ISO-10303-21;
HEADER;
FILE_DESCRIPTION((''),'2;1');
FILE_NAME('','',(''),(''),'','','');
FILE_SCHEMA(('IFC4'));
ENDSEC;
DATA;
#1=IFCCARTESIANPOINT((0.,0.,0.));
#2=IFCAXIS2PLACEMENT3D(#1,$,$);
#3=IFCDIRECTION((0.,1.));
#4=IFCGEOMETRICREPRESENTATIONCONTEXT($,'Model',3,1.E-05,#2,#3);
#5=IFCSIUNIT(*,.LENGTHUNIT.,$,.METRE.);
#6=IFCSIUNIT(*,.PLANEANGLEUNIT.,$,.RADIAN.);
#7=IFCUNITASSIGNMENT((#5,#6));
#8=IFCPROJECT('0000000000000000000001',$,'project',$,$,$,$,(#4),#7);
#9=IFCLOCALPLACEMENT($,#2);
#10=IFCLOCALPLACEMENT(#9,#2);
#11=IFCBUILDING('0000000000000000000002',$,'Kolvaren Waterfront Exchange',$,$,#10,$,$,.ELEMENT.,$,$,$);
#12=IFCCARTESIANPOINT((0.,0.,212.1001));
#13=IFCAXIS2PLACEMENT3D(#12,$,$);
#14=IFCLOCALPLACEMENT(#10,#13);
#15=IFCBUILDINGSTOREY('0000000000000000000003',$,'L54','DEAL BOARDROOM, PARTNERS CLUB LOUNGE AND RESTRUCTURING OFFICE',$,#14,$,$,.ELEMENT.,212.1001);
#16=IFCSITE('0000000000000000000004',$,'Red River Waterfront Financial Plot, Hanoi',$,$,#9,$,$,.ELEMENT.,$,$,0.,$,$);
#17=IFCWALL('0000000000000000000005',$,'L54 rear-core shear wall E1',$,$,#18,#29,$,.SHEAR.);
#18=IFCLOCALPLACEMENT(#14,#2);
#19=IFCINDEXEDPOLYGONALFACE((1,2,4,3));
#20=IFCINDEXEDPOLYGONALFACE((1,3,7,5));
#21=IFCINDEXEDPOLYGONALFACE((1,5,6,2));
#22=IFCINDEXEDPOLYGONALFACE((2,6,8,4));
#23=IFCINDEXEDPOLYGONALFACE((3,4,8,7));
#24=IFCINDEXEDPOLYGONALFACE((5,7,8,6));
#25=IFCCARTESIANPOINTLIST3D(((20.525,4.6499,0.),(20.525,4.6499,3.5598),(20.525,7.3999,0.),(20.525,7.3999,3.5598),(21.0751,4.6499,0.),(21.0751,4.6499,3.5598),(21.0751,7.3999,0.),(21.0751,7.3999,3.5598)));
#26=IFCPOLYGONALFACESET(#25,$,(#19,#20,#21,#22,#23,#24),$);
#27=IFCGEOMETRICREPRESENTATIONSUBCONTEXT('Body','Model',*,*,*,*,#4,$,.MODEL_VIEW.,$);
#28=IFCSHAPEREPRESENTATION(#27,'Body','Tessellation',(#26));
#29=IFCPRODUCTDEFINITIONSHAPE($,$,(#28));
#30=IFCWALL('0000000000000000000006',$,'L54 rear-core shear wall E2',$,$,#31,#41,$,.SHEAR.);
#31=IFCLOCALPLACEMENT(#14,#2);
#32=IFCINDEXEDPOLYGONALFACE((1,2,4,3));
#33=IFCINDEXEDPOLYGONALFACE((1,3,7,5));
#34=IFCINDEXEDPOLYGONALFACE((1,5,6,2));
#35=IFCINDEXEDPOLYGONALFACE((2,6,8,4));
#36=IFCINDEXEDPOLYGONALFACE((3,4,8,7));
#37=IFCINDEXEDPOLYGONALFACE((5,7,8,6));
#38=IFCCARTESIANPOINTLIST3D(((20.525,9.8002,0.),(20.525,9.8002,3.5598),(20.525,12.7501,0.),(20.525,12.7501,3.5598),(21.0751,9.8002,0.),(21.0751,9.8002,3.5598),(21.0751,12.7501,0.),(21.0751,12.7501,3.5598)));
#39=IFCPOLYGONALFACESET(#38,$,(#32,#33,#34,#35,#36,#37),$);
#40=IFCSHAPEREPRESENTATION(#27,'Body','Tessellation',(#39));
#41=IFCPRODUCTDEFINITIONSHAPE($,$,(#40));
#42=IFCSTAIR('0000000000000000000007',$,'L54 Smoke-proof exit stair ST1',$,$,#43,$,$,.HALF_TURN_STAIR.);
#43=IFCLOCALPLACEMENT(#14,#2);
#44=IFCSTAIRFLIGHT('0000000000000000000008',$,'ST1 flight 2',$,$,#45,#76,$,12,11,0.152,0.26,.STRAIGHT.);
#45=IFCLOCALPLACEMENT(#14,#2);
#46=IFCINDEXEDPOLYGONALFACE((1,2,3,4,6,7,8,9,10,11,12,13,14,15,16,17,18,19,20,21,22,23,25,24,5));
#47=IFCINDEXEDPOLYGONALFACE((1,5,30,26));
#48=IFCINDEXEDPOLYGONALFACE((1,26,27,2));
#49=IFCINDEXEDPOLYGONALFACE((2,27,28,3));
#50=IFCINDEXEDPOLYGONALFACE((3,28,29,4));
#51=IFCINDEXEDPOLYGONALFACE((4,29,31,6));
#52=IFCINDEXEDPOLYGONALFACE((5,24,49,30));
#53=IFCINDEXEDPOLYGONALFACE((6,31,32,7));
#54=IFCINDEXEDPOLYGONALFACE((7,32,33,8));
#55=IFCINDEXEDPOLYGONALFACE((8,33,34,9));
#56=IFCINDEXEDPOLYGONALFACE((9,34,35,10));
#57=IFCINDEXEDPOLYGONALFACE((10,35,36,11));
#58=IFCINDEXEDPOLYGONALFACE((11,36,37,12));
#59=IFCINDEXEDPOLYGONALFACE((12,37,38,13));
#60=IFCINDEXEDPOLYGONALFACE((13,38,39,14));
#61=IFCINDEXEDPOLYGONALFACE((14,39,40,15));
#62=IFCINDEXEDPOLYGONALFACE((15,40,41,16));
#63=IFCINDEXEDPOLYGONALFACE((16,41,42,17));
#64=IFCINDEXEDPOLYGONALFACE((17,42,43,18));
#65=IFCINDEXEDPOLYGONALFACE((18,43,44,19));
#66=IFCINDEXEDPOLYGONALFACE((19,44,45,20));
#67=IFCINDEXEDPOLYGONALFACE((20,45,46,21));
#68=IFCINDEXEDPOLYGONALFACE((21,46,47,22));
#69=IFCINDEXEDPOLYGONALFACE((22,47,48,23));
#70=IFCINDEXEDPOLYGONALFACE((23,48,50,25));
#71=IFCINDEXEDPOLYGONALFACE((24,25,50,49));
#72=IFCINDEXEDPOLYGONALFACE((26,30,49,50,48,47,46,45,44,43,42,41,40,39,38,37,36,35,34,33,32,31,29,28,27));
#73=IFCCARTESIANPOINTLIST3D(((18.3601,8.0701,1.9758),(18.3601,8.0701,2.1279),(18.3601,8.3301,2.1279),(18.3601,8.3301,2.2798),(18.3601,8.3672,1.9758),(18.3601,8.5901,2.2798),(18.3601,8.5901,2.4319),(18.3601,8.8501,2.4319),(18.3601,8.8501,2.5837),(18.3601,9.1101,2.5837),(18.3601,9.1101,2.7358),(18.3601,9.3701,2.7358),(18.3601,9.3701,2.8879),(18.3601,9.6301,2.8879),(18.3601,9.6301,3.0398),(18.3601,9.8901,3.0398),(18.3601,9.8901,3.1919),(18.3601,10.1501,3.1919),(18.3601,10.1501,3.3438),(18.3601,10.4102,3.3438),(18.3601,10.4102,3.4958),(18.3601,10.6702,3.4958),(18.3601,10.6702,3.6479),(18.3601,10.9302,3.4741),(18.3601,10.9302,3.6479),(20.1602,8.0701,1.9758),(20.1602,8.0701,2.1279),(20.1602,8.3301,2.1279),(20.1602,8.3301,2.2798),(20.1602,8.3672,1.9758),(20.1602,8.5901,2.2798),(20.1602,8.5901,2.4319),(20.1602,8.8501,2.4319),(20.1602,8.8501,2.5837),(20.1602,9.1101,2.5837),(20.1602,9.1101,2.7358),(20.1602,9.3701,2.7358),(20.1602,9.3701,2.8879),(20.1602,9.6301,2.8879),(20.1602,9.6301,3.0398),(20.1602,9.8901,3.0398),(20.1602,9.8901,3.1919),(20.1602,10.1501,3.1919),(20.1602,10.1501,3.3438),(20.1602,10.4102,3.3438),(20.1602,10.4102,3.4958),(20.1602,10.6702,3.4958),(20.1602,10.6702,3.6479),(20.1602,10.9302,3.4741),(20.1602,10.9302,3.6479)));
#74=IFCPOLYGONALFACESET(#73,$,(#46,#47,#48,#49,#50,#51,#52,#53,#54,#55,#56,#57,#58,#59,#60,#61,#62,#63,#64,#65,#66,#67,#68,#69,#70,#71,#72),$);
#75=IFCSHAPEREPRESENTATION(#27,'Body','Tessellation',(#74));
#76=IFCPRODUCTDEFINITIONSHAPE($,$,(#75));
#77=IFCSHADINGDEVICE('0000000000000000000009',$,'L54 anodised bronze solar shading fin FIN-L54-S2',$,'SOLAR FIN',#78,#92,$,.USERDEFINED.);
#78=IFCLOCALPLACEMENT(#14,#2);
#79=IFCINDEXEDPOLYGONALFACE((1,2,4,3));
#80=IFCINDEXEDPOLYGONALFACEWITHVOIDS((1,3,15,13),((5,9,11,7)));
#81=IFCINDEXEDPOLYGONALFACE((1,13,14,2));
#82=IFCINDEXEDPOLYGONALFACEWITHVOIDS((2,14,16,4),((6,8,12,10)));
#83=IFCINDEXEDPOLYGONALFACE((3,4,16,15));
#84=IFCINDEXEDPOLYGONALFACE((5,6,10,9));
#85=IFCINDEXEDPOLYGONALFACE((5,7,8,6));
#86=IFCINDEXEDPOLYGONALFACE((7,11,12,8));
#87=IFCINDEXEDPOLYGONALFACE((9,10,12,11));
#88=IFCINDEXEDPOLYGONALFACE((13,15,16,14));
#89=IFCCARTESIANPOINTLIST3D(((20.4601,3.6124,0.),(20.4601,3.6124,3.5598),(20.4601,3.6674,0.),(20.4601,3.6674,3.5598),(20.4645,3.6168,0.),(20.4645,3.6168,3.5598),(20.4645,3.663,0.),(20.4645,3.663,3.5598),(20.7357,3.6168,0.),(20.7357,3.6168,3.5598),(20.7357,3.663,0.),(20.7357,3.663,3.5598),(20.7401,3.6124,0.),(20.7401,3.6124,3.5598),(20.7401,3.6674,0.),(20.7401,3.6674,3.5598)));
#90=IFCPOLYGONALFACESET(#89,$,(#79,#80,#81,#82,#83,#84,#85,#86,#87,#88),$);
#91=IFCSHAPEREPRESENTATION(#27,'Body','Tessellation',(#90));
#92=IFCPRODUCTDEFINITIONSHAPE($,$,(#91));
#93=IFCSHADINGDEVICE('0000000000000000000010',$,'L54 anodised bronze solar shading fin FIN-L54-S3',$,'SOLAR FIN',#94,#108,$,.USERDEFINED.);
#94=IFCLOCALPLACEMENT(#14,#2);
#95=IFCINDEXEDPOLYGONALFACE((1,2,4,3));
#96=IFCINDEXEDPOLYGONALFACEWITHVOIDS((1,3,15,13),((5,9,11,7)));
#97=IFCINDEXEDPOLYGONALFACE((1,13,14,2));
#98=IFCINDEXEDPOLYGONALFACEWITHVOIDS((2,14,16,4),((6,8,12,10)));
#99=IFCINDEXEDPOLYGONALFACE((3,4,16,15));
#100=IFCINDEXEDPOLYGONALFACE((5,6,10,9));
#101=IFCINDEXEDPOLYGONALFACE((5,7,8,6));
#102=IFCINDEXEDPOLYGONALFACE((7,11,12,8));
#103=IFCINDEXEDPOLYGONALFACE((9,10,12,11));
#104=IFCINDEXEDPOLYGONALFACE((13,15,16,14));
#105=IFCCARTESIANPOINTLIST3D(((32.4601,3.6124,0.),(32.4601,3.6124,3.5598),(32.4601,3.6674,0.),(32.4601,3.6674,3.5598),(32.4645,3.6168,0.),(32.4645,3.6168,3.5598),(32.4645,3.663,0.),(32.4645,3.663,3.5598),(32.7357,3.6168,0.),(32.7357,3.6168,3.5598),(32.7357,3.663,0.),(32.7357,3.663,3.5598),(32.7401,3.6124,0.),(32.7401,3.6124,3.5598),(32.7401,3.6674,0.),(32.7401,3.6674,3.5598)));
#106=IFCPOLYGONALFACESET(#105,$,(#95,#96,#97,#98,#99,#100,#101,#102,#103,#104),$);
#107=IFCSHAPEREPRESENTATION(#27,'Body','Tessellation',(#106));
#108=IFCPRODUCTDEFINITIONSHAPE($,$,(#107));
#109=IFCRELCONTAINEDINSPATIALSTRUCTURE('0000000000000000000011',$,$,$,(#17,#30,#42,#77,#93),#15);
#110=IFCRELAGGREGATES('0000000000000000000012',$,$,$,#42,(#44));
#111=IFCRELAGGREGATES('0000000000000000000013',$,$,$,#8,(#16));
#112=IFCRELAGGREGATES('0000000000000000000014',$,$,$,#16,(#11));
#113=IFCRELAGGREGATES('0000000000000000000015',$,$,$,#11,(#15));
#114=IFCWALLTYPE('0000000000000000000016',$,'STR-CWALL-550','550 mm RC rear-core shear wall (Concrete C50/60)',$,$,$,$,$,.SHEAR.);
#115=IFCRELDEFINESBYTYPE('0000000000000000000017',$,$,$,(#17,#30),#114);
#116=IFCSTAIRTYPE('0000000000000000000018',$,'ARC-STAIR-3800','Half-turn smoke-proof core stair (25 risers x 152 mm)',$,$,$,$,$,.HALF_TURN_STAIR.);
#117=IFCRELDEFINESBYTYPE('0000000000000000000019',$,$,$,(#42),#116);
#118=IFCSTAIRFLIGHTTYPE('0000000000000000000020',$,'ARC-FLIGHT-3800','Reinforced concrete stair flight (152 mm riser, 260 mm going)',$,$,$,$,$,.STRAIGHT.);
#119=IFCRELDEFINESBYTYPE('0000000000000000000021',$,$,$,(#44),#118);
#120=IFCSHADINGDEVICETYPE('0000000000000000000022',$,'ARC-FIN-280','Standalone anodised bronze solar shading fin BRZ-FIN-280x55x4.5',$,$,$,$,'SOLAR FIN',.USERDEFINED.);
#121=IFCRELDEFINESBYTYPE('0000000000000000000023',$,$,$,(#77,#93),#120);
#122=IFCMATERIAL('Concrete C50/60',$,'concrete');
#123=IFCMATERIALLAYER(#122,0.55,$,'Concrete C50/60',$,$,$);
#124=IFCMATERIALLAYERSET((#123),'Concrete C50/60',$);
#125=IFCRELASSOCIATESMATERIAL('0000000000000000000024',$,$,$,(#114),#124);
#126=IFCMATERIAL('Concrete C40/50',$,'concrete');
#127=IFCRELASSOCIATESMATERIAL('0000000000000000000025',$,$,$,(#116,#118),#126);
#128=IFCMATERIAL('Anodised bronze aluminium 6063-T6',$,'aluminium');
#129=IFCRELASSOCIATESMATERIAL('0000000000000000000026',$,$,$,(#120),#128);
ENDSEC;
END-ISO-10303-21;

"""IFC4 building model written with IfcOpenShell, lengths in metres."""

from ifc_helpers import new_model, si_unit, direction, frame, frame_2d, origin, origin_2d, place, context, subcontext, project, spatial, polyline, rectangle, hollow_rectangle, outline, extrude, material, layer, layer_set, material_profile, profile_set, type_object, element, aggregate, save


model = new_model("IFC4")

# Units and contexts
model_context = context("Model", 3, precision=1e-05, world=origin(), true_north=direction((0.0, 1.0)))
body_context = subcontext(model_context, "Body", "Model", "MODEL_VIEW")
ifc_project = project(units=[si_unit("LENGTHUNIT", "METRE"), si_unit("PLANEANGLEUNIT", "RADIAN")], contexts=[model_context])

# Site, building, storey
site_placement = place(None, origin())
site = spatial("IfcSite", under=ifc_project, at=site_placement, Name="Red River Waterfront Financial Plot, Hanoi", CompositionType="ELEMENT", RefElevation=0.0)
building_placement = place(site_placement, origin())
building = spatial("IfcBuilding", under=site, at=building_placement, Name="Kolvaren Waterfront Exchange", CompositionType="ELEMENT")
storey_placement = place(building_placement, frame((0.0, 0.0, 212.1001)))
storey = spatial("IfcBuildingStorey", under=building, at=storey_placement, Name="L54", Description="DEAL BOARDROOM, PARTNERS CLUB LOUNGE AND RESTRUCTURING OFFICE", CompositionType="ELEMENT", Elevation=212.1001)

# Shared definitions
ifc_material_1 = material(Name="Concrete C50/60", Category="concrete")

# Shared definitions
ifc_material_2 = material(Name="Anodised bronze aluminium 6063-T6", Category="aluminium")

# Walls
ifc_material_3 = material(Name="Concrete C40/50", Category="concrete")
ifc_layer_1 = layer(ifc_material_1, 0.55, Name="Concrete C50/60")
ifc_layer_set_1 = layer_set([ifc_layer_1], Name="Concrete C50/60")
wall_type_1 = type_object("IfcWallType", Name="STR-CWALL-550", Description="550 mm RC rear-core shear wall (Concrete C50/60)", PredefinedType="SHEAR", material=ifc_layer_set_1)
wall_1_placement = place(storey_placement, frame((20.8, 4.6499, 0.0), z_axis=(0.0, 0.0, 1.0), x_axis=(0.0, 1.0, 0.0)))
element("IfcWall", 1, at=wall_1_placement, inside=storey, type_object=wall_type_1, Name="L54 rear-core shear wall E1", PredefinedType="SHEAR", context=body_context, shape_type="SweptSolid", body=[
    extrude(rectangle(XDim=2.75, YDim=0.55, at=frame_2d((1.375, 0.0))), origin(), (0.0, 0.0, 1.0), 3.5598),
])
wall_2_placement = place(storey_placement, frame((20.8, 9.8, 0.0), z_axis=(0.0, 0.0, 1.0), x_axis=(0.0, 1.0, 0.0)))
element("IfcWall", 2, at=wall_2_placement, inside=storey, type_object=wall_type_1, Name="L54 rear-core shear wall E2", PredefinedType="SHEAR", context=body_context, shape_type="SweptSolid", body=[
    extrude(rectangle(XDim=2.95, YDim=0.55, at=frame_2d((1.4751, 0.0))), origin(), (0.0, 0.0, 1.0), 3.5598),
])

# Stair, stair flight
stair_type = type_object("IfcStairType", Name="ARC-STAIR-3800", Description="Half-turn smoke-proof core stair (25 risers x 152 mm)", PredefinedType="HALF_TURN_STAIR", material=ifc_material_3)
stair_placement = place(storey_placement, origin())
stair = element("IfcStair", 3, at=stair_placement, inside=storey, type_object=stair_type, Name="L54 Smoke-proof exit stair ST1", PredefinedType="HALF_TURN_STAIR")
stair_flight_type = type_object("IfcStairFlightType", Name="ARC-FLIGHT-3800", Description="Reinforced concrete stair flight (152 mm riser, 260 mm going)", PredefinedType="STRAIGHT", material=ifc_material_3)
stair_flight_placement = place(storey_placement, frame((19.26, 8.0701, 1.9758), z_axis=(0.0, 0.0, 1.0), x_axis=(0.0, 1.0, 0.0)))
stair_flight = element("IfcStairFlight", 4, at=stair_flight_placement, type_object=stair_flight_type, Name="ST1 flight 2", NumberOfRisers=12, NumberOfTreads=11, PredefinedType="STRAIGHT", RiserHeight=0.152, TreadLength=0.26, context=body_context, shape_type="SweptSolid", body=[
    extrude(outline(polyline([(0.0, 0.0), (0.0, 0.1521), (0.26, 0.1521), (0.26, 0.304), (0.52, 0.304), (0.52, 0.4561), (0.78, 0.4561), (0.78, 0.6079), (1.04, 0.6079), (1.04, 0.76), (1.3, 0.76), (1.3, 0.9121), (1.5601, 0.9121), (1.5601, 1.064), (1.8201, 1.064), (1.8201, 1.2161), (2.0801, 1.2161), (2.0801, 1.3679), (2.3401, 1.3679), (2.3401, 1.52), (2.6001, 1.52), (2.6001, 1.6721), (2.8601, 1.6721), (2.8601, 1.824), (2.8601, 1.4983), (0.2971, 0.0), (0.0, 0.0)])), frame((0.0, 0.8999, 0.0), z_axis=(0.0, -1.0, 0.0), x_axis=(1.0, 0.0, 0.0)), (0.0, 0.0, 1.0), 1.8),
])
aggregate(stair, [stair_flight])

# Shading devices
ifc_material_profile_1 = material_profile(ifc_material_2, hollow_rectangle(XDim=0.0549, YDim=0.28, WallThickness=0.0044, at=origin_2d()), Name="BRZ-FIN-280x55x4.5")
ifc_profile_set_1 = profile_set([ifc_material_profile_1], Name="Anodised bronze aluminium 6063-T6")
shading_device_type = type_object("IfcShadingDeviceType", Name="ARC-FIN-280", Description="Standalone anodised bronze solar shading fin BRZ-FIN-280x55x4.5", ElementType="SOLAR FIN", PredefinedType="USERDEFINED", material=ifc_profile_set_1)
for number, where, z_axis, x_axis, name in (
    (5, (20.6001, 3.6399, 0.0), (0.0, 0.0, 1.0), (0.0, -1.0, 0.0), "L54 anodised bronze solar shading fin FIN-L54-S2"),
    (6, (32.6001, 3.6399, 0.0), (0.0, 0.0, 1.0), (0.0, -1.0, 0.0), "L54 anodised bronze solar shading fin FIN-L54-S3"),
):
    element("IfcShadingDevice", number, at=place(storey_placement, frame(where, z_axis=z_axis, x_axis=x_axis)), inside=storey, type_object=shading_device_type, Name=name, ObjectType="SOLAR FIN", PredefinedType="USERDEFINED", context=body_context, shape_type="SweptSolid", body=[
        extrude(hollow_rectangle(XDim=0.0549, YDim=0.28, WallThickness=0.0044, at=origin_2d()), origin(), (0.0, 0.0, 1.0), 3.5598),
    ])

save(model, "model.ifc")
